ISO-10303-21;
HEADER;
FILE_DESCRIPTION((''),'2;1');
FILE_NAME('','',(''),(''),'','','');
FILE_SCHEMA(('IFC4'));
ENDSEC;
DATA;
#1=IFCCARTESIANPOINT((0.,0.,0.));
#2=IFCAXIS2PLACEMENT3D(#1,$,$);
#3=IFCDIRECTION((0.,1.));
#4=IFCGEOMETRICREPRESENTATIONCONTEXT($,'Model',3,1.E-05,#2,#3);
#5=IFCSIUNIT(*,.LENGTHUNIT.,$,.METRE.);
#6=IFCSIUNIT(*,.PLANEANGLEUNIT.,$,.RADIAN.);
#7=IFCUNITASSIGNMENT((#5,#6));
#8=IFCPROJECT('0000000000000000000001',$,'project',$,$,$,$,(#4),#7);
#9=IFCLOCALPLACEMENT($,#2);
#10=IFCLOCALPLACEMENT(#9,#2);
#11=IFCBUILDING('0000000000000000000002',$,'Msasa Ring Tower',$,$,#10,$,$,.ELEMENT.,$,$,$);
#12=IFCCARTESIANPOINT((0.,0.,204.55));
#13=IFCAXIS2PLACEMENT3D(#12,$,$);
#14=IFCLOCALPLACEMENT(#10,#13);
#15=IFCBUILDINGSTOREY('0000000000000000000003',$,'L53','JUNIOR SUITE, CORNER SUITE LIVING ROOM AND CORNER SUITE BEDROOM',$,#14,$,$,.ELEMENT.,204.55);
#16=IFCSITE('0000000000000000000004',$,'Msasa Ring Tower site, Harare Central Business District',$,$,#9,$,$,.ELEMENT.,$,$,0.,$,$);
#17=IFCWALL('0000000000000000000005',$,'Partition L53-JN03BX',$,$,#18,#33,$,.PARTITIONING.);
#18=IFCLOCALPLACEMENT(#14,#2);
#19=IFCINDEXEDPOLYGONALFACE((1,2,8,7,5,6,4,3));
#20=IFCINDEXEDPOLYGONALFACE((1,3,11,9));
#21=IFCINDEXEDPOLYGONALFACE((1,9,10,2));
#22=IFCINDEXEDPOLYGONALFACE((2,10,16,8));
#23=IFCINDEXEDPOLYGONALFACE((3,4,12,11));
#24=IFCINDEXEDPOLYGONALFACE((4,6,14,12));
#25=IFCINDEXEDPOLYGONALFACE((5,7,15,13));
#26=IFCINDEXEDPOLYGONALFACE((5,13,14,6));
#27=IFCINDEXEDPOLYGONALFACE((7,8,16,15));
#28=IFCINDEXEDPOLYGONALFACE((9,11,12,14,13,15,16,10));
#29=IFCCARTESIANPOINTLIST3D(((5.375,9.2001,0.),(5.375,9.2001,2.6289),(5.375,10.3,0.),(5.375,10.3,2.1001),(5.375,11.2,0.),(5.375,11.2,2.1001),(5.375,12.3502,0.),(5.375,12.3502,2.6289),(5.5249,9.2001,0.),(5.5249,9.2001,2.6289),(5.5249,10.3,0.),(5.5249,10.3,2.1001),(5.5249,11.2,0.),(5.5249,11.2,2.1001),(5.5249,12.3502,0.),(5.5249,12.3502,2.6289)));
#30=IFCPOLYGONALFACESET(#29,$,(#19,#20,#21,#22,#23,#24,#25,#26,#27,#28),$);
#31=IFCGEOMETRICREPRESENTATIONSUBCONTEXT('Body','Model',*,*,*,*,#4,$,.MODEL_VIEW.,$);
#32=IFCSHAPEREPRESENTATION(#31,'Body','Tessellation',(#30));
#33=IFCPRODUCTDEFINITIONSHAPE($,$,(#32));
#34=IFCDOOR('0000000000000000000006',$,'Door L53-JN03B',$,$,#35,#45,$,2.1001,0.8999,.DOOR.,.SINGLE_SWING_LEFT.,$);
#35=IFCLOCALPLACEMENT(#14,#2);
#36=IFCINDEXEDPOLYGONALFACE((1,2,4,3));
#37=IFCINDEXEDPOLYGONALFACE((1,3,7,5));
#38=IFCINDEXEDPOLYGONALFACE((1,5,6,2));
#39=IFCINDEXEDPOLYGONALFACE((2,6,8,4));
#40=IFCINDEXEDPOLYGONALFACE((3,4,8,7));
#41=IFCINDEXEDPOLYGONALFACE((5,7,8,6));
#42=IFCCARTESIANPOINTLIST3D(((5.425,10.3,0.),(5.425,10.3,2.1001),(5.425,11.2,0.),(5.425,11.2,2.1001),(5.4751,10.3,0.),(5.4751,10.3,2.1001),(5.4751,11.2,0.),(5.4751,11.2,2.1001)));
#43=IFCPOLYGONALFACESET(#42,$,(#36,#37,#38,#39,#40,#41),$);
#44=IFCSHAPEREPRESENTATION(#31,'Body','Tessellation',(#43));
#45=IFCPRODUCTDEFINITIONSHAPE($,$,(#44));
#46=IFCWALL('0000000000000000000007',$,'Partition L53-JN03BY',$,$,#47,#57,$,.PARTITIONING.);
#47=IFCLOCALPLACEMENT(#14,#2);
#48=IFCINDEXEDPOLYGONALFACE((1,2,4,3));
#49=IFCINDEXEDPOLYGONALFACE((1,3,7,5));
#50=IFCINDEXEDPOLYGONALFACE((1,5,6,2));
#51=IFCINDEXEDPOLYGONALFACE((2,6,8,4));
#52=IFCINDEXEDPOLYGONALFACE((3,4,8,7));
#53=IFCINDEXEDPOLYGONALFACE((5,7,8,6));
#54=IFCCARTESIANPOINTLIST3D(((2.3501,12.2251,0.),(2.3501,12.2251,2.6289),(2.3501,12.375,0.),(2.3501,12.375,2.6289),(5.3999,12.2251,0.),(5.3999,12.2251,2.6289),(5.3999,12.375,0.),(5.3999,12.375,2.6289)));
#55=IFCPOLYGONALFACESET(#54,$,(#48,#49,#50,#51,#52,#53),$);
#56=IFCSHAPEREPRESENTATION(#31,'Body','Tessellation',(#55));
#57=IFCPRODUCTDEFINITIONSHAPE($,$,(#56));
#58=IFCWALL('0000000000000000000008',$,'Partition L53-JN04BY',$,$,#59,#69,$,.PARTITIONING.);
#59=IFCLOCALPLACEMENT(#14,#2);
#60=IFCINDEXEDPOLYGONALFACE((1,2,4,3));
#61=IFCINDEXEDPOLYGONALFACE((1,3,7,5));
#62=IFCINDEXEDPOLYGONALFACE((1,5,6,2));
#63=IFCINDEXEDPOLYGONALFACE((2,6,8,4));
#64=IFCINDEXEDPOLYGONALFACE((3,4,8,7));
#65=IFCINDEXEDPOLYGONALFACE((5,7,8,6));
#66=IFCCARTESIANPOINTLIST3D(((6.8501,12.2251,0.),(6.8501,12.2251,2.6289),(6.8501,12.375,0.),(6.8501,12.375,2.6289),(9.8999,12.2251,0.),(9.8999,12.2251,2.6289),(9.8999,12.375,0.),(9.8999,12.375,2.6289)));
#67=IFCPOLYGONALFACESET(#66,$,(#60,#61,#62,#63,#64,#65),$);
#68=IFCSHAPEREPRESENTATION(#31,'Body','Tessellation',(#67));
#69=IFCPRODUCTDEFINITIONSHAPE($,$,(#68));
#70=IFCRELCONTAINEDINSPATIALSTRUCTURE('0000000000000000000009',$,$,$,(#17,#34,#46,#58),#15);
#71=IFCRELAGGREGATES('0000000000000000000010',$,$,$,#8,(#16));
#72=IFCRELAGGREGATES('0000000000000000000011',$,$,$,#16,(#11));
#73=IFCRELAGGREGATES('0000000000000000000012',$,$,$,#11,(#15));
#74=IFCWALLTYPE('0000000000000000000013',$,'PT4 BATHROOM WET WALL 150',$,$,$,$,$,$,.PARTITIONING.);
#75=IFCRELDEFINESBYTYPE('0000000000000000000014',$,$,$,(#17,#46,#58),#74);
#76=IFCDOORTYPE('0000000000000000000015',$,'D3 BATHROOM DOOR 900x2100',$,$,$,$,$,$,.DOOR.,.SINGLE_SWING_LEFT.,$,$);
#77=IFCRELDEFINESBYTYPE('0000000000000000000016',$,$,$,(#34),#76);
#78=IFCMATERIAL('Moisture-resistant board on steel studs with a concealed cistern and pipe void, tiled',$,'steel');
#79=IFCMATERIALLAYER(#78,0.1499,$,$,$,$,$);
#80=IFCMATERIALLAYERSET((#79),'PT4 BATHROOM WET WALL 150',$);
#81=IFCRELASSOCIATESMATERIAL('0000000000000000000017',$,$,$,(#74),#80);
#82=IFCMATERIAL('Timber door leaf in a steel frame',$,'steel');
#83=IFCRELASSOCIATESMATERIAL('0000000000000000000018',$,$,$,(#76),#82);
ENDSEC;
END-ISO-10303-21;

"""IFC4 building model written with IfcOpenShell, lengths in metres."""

from ifc_helpers import new_model, si_unit, direction, frame, frame_2d, origin, place, context, subcontext, project, spatial, rectangle, extrude, material, layer, layer_set, type_object, element, fill, save


model = new_model("IFC4")

# Units and contexts
model_context = context("Model", 3, precision=1e-05, world=origin(), true_north=direction((0.0, 1.0)))
body_context = subcontext(model_context, "Body", "Model", "MODEL_VIEW")
ifc_project = project(units=[si_unit("LENGTHUNIT", "METRE"), si_unit("PLANEANGLEUNIT", "RADIAN")], contexts=[model_context])

# Site, building, storey
site_placement = place(None, origin())
site = spatial("IfcSite", under=ifc_project, at=site_placement, Name="Msasa Ring Tower site, Harare Central Business District", CompositionType="ELEMENT", RefElevation=0.0)
building_placement = place(site_placement, origin())
building = spatial("IfcBuilding", under=site, at=building_placement, Name="Msasa Ring Tower", CompositionType="ELEMENT")
storey_placement = place(building_placement, frame((0.0, 0.0, 204.55)))
storey = spatial("IfcBuildingStorey", under=building, at=storey_placement, Name="L53", Description="JUNIOR SUITE, CORNER SUITE LIVING ROOM AND CORNER SUITE BEDROOM", CompositionType="ELEMENT", Elevation=204.55)

# Wall, opening, door
ifc_material_1 = material(Name="Moisture-resistant board on steel studs with a concealed cistern and pipe void, tiled", Category="steel")
ifc_layer_1 = layer(ifc_material_1, 0.1499)
ifc_layer_set_1 = layer_set([ifc_layer_1], Name="PT4 BATHROOM WET WALL 150")
wall_type_1 = type_object("IfcWallType", Name="PT4 BATHROOM WET WALL 150", PredefinedType="PARTITIONING", material=ifc_layer_set_1)
ifc_material_2 = material(Name="Timber door leaf in a steel frame", Category="steel")
door_type_1 = type_object("IfcDoorType", Name="D3 BATHROOM DOOR 900x2100", OperationType="SINGLE_SWING_LEFT", PredefinedType="DOOR", material=ifc_material_2)
wall_1_placement = place(storey_placement, frame((5.45, 9.2, 0.0), z_axis=(0.0, 0.0, 1.0), x_axis=(0.0, 1.0, 0.0)))
wall_1 = element("IfcWall", 1, at=wall_1_placement, inside=storey, type_object=wall_type_1, Name="Partition L53-JN03BX", PredefinedType="PARTITIONING", context=body_context, shape_type="SweptSolid", body=[
    extrude(rectangle(XDim=3.1501, YDim=0.1499, at=frame_2d((1.5752, 0.0))), origin(), (0.0, 0.0, 1.0), 2.6289),
])
opening_1_placement = place(wall_1_placement, frame((1.1001, 0.0, 0.0)))
opening_1 = element("IfcOpeningElement", 2, at=opening_1_placement, cuts=wall_1, PredefinedType="OPENING", context=body_context, shape_type="SweptSolid", body=[
    extrude(rectangle(XDim=0.8999, YDim=2.1001, at=frame_2d((0.45, 1.05))), frame((0.0, 0.085, 0.0), z_axis=(0.0, -1.0, 0.0), x_axis=(1.0, 0.0, 0.0)), (0.0, 0.0, 1.0), 0.1699),
])
door_1_placement = place(opening_1_placement, origin())
door_1 = element("IfcDoor", 3, at=door_1_placement, inside=storey, type_object=door_type_1, Name="Door L53-JN03B", OperationType="SINGLE_SWING_LEFT", OverallHeight=2.1001, OverallWidth=0.8999, PredefinedType="DOOR", context=body_context, shape_type="SweptSolid", body=[
    extrude(rectangle(XDim=0.8999, YDim=2.1001, at=frame_2d((0.45, 1.05))), frame((0.0, 0.0249, 0.0), z_axis=(0.0, -1.0, 0.0), x_axis=(1.0, 0.0, 0.0)), (0.0, 0.0, 1.0), 0.05),
])
fill(opening_1, door_1)

# Walls
for number, where, z_axis, x_axis, name in (
    (4, (2.3501, 12.3, 0.0), (0.0, 0.0, 1.0), (1.0, 0.0, 0.0), "Partition L53-JN03BY"),
    (5, (6.8501, 12.3, 0.0), (0.0, 0.0, 1.0), (1.0, 0.0, 0.0), "Partition L53-JN04BY"),
):
    element("IfcWall", number, at=place(storey_placement, frame(where, z_axis=z_axis, x_axis=x_axis)), inside=storey, type_object=wall_type_1, Name=name, PredefinedType="PARTITIONING", context=body_context, shape_type="SweptSolid", body=[
        extrude(rectangle(XDim=3.0498, YDim=0.1499, at=frame_2d((1.5249, 0.0))), origin(), (0.0, 0.0, 1.0), 2.6289),
    ])

save(model, "model.ifc")
